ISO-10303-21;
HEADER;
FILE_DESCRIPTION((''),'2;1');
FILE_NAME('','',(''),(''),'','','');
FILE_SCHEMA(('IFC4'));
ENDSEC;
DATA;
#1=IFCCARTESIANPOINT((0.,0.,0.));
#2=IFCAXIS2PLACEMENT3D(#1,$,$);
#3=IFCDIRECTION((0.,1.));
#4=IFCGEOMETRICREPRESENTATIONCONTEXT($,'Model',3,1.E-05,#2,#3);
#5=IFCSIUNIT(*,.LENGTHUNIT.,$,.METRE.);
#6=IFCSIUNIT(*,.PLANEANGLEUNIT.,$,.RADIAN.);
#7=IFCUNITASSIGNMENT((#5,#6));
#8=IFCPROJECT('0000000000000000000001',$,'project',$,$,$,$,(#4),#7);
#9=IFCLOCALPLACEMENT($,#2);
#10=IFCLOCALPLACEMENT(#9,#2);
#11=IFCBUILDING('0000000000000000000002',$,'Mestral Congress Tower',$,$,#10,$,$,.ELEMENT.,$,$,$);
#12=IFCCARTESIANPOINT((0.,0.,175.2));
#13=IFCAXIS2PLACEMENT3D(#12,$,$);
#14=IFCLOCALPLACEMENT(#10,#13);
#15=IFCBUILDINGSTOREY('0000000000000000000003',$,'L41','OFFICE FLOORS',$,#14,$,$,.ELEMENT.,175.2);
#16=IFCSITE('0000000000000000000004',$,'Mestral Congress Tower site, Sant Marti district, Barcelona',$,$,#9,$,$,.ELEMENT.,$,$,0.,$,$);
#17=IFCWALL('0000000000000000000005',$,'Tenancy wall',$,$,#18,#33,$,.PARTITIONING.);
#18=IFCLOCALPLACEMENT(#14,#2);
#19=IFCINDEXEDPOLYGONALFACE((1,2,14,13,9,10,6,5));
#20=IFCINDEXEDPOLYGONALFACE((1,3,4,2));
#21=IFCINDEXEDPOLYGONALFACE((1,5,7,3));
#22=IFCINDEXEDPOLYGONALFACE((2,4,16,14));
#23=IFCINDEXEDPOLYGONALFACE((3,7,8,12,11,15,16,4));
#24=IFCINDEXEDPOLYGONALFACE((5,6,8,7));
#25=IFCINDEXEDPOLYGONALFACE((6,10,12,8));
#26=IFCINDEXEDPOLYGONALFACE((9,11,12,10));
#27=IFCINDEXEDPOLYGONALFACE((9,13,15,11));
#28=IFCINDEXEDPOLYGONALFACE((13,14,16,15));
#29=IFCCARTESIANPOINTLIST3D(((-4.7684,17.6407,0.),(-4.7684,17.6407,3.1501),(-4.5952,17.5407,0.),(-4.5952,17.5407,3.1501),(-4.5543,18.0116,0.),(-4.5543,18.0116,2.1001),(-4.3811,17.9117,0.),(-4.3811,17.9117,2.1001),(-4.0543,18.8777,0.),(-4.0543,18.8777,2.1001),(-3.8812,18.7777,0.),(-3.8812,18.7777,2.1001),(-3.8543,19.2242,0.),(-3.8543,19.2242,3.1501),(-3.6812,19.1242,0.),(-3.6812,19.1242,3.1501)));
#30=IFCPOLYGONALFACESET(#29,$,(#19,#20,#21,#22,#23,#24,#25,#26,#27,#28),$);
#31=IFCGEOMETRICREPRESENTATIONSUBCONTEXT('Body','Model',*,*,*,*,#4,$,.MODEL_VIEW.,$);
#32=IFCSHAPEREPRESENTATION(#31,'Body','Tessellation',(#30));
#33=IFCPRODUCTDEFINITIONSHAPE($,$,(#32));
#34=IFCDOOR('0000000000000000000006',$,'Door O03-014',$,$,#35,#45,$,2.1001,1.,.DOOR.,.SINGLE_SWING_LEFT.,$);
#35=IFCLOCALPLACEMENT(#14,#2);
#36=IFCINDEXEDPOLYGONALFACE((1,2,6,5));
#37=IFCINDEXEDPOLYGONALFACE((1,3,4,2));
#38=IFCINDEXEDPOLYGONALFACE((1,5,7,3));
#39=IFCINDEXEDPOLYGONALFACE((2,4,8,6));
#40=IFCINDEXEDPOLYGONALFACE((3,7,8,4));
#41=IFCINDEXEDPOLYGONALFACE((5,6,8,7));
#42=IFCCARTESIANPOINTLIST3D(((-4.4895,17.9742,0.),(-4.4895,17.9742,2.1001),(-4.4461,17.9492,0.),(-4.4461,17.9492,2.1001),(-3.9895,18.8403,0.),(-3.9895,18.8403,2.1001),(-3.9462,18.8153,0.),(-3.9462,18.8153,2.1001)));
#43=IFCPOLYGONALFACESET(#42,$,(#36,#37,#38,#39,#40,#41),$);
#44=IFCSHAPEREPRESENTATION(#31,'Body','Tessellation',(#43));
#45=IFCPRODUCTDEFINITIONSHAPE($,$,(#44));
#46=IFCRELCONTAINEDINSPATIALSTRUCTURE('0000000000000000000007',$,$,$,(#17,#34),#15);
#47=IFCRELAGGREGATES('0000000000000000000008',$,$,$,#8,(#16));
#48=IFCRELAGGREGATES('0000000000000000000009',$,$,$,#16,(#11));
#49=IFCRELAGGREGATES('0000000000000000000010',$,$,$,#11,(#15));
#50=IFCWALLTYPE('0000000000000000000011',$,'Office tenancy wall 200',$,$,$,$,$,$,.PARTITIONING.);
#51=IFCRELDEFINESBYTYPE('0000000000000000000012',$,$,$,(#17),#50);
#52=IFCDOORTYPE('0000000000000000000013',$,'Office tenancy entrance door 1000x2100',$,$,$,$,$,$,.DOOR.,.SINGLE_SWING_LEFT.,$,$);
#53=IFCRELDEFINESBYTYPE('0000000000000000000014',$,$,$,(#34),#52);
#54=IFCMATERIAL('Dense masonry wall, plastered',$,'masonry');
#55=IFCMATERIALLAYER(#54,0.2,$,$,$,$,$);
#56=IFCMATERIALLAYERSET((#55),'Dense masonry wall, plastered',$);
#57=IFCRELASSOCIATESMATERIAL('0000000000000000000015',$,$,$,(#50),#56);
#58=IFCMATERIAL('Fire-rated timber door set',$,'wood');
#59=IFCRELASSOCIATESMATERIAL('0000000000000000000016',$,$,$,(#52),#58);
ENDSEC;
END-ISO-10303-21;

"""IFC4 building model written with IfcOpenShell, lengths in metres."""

from ifc_helpers import new_model, si_unit, direction, frame, frame_2d, origin, place, context, subcontext, project, spatial, rectangle, extrude, material, layer, layer_set, type_object, element, fill, save


model = new_model("IFC4")

# Units and contexts
model_context = context("Model", 3, precision=1e-05, world=origin(), true_north=direction((0.0, 1.0)))
body_context = subcontext(model_context, "Body", "Model", "MODEL_VIEW")
ifc_project = project(units=[si_unit("LENGTHUNIT", "METRE"), si_unit("PLANEANGLEUNIT", "RADIAN")], contexts=[model_context])

# Site, building, storey
site_placement = place(None, origin())
site = spatial("IfcSite", under=ifc_project, at=site_placement, Name="Mestral Congress Tower site, Sant Marti district, Barcelona", CompositionType="ELEMENT", RefElevation=0.0)
building_placement = place(site_placement, origin())
building = spatial("IfcBuilding", under=site, at=building_placement, Name="Mestral Congress Tower", CompositionType="ELEMENT")
storey_placement = place(building_placement, frame((0.0, 0.0, 175.2)))
storey = spatial("IfcBuildingStorey", under=building, at=storey_placement, Name="L41", Description="OFFICE FLOORS", CompositionType="ELEMENT", Elevation=175.2)

# Shared definitions
ifc_material_1 = material(Name="Dense masonry wall, plastered", Category="masonry")
ifc_layer_1 = layer(ifc_material_1, 0.2)
ifc_layer_set_1 = layer_set([ifc_layer_1], Name="Dense masonry wall, plastered")
wall_type_1 = type_object("IfcWallType", Name="Office tenancy wall 200", PredefinedType="PARTITIONING", material=ifc_layer_set_1)

# Wall, opening, door
wall_1_placement = place(storey_placement, frame((-3.7678, 19.1741, 0.0), z_axis=(0.0, 0.0, 1.0), x_axis=(-0.499931, -0.866066, 0.0)))
wall_1 = element("IfcWall", 1, at=wall_1_placement, inside=storey, type_object=wall_type_1, Name="Tenancy wall", PredefinedType="PARTITIONING", context=body_context, shape_type="SweptSolid", body=[
    extrude(rectangle(XDim=1.8284, YDim=0.2, at=frame_2d((0.9141, 0.0))), origin(), (0.0, 0.0, 1.0), 3.1501),
])
opening_1_placement = place(wall_1_placement, frame((0.3999, 0.0, 0.0)))
opening_1 = element("IfcOpeningElement", 2, at=opening_1_placement, cuts=wall_1, PredefinedType="OPENING", context=body_context, shape_type="SweptSolid", body=[
    extrude(rectangle(XDim=1.0, YDim=2.1001, at=frame_2d((0.5, 1.05))), frame((0.0, 0.1099, 0.0), z_axis=(0.0, -1.0, 0.0), x_axis=(1.0, 0.0, 0.0)), (0.0, 0.0, 1.0), 0.22),
])
ifc_material_2 = material(Name="Fire-rated timber door set", Category="wood")
door_type = type_object("IfcDoorType", Name="Office tenancy entrance door 1000x2100", OperationType="SINGLE_SWING_LEFT", PredefinedType="DOOR", material=ifc_material_2)
door_placement = place(opening_1_placement, origin())
door = element("IfcDoor", 3, at=door_placement, inside=storey, type_object=door_type, Name="Door O03-014", OperationType="SINGLE_SWING_LEFT", OverallHeight=2.1001, OverallWidth=1.0, PredefinedType="DOOR", context=body_context, shape_type="SweptSolid", body=[
    extrude(rectangle(XDim=1.0, YDim=2.1001, at=frame_2d((0.5, 1.05))), frame((0.0, 0.0249, 0.0), z_axis=(0.0, -1.0, 0.0), x_axis=(1.0, 0.0, 0.0)), (0.0, 0.0, 1.0), 0.05),
])
fill(opening_1, door)

save(model, "model.ifc")
